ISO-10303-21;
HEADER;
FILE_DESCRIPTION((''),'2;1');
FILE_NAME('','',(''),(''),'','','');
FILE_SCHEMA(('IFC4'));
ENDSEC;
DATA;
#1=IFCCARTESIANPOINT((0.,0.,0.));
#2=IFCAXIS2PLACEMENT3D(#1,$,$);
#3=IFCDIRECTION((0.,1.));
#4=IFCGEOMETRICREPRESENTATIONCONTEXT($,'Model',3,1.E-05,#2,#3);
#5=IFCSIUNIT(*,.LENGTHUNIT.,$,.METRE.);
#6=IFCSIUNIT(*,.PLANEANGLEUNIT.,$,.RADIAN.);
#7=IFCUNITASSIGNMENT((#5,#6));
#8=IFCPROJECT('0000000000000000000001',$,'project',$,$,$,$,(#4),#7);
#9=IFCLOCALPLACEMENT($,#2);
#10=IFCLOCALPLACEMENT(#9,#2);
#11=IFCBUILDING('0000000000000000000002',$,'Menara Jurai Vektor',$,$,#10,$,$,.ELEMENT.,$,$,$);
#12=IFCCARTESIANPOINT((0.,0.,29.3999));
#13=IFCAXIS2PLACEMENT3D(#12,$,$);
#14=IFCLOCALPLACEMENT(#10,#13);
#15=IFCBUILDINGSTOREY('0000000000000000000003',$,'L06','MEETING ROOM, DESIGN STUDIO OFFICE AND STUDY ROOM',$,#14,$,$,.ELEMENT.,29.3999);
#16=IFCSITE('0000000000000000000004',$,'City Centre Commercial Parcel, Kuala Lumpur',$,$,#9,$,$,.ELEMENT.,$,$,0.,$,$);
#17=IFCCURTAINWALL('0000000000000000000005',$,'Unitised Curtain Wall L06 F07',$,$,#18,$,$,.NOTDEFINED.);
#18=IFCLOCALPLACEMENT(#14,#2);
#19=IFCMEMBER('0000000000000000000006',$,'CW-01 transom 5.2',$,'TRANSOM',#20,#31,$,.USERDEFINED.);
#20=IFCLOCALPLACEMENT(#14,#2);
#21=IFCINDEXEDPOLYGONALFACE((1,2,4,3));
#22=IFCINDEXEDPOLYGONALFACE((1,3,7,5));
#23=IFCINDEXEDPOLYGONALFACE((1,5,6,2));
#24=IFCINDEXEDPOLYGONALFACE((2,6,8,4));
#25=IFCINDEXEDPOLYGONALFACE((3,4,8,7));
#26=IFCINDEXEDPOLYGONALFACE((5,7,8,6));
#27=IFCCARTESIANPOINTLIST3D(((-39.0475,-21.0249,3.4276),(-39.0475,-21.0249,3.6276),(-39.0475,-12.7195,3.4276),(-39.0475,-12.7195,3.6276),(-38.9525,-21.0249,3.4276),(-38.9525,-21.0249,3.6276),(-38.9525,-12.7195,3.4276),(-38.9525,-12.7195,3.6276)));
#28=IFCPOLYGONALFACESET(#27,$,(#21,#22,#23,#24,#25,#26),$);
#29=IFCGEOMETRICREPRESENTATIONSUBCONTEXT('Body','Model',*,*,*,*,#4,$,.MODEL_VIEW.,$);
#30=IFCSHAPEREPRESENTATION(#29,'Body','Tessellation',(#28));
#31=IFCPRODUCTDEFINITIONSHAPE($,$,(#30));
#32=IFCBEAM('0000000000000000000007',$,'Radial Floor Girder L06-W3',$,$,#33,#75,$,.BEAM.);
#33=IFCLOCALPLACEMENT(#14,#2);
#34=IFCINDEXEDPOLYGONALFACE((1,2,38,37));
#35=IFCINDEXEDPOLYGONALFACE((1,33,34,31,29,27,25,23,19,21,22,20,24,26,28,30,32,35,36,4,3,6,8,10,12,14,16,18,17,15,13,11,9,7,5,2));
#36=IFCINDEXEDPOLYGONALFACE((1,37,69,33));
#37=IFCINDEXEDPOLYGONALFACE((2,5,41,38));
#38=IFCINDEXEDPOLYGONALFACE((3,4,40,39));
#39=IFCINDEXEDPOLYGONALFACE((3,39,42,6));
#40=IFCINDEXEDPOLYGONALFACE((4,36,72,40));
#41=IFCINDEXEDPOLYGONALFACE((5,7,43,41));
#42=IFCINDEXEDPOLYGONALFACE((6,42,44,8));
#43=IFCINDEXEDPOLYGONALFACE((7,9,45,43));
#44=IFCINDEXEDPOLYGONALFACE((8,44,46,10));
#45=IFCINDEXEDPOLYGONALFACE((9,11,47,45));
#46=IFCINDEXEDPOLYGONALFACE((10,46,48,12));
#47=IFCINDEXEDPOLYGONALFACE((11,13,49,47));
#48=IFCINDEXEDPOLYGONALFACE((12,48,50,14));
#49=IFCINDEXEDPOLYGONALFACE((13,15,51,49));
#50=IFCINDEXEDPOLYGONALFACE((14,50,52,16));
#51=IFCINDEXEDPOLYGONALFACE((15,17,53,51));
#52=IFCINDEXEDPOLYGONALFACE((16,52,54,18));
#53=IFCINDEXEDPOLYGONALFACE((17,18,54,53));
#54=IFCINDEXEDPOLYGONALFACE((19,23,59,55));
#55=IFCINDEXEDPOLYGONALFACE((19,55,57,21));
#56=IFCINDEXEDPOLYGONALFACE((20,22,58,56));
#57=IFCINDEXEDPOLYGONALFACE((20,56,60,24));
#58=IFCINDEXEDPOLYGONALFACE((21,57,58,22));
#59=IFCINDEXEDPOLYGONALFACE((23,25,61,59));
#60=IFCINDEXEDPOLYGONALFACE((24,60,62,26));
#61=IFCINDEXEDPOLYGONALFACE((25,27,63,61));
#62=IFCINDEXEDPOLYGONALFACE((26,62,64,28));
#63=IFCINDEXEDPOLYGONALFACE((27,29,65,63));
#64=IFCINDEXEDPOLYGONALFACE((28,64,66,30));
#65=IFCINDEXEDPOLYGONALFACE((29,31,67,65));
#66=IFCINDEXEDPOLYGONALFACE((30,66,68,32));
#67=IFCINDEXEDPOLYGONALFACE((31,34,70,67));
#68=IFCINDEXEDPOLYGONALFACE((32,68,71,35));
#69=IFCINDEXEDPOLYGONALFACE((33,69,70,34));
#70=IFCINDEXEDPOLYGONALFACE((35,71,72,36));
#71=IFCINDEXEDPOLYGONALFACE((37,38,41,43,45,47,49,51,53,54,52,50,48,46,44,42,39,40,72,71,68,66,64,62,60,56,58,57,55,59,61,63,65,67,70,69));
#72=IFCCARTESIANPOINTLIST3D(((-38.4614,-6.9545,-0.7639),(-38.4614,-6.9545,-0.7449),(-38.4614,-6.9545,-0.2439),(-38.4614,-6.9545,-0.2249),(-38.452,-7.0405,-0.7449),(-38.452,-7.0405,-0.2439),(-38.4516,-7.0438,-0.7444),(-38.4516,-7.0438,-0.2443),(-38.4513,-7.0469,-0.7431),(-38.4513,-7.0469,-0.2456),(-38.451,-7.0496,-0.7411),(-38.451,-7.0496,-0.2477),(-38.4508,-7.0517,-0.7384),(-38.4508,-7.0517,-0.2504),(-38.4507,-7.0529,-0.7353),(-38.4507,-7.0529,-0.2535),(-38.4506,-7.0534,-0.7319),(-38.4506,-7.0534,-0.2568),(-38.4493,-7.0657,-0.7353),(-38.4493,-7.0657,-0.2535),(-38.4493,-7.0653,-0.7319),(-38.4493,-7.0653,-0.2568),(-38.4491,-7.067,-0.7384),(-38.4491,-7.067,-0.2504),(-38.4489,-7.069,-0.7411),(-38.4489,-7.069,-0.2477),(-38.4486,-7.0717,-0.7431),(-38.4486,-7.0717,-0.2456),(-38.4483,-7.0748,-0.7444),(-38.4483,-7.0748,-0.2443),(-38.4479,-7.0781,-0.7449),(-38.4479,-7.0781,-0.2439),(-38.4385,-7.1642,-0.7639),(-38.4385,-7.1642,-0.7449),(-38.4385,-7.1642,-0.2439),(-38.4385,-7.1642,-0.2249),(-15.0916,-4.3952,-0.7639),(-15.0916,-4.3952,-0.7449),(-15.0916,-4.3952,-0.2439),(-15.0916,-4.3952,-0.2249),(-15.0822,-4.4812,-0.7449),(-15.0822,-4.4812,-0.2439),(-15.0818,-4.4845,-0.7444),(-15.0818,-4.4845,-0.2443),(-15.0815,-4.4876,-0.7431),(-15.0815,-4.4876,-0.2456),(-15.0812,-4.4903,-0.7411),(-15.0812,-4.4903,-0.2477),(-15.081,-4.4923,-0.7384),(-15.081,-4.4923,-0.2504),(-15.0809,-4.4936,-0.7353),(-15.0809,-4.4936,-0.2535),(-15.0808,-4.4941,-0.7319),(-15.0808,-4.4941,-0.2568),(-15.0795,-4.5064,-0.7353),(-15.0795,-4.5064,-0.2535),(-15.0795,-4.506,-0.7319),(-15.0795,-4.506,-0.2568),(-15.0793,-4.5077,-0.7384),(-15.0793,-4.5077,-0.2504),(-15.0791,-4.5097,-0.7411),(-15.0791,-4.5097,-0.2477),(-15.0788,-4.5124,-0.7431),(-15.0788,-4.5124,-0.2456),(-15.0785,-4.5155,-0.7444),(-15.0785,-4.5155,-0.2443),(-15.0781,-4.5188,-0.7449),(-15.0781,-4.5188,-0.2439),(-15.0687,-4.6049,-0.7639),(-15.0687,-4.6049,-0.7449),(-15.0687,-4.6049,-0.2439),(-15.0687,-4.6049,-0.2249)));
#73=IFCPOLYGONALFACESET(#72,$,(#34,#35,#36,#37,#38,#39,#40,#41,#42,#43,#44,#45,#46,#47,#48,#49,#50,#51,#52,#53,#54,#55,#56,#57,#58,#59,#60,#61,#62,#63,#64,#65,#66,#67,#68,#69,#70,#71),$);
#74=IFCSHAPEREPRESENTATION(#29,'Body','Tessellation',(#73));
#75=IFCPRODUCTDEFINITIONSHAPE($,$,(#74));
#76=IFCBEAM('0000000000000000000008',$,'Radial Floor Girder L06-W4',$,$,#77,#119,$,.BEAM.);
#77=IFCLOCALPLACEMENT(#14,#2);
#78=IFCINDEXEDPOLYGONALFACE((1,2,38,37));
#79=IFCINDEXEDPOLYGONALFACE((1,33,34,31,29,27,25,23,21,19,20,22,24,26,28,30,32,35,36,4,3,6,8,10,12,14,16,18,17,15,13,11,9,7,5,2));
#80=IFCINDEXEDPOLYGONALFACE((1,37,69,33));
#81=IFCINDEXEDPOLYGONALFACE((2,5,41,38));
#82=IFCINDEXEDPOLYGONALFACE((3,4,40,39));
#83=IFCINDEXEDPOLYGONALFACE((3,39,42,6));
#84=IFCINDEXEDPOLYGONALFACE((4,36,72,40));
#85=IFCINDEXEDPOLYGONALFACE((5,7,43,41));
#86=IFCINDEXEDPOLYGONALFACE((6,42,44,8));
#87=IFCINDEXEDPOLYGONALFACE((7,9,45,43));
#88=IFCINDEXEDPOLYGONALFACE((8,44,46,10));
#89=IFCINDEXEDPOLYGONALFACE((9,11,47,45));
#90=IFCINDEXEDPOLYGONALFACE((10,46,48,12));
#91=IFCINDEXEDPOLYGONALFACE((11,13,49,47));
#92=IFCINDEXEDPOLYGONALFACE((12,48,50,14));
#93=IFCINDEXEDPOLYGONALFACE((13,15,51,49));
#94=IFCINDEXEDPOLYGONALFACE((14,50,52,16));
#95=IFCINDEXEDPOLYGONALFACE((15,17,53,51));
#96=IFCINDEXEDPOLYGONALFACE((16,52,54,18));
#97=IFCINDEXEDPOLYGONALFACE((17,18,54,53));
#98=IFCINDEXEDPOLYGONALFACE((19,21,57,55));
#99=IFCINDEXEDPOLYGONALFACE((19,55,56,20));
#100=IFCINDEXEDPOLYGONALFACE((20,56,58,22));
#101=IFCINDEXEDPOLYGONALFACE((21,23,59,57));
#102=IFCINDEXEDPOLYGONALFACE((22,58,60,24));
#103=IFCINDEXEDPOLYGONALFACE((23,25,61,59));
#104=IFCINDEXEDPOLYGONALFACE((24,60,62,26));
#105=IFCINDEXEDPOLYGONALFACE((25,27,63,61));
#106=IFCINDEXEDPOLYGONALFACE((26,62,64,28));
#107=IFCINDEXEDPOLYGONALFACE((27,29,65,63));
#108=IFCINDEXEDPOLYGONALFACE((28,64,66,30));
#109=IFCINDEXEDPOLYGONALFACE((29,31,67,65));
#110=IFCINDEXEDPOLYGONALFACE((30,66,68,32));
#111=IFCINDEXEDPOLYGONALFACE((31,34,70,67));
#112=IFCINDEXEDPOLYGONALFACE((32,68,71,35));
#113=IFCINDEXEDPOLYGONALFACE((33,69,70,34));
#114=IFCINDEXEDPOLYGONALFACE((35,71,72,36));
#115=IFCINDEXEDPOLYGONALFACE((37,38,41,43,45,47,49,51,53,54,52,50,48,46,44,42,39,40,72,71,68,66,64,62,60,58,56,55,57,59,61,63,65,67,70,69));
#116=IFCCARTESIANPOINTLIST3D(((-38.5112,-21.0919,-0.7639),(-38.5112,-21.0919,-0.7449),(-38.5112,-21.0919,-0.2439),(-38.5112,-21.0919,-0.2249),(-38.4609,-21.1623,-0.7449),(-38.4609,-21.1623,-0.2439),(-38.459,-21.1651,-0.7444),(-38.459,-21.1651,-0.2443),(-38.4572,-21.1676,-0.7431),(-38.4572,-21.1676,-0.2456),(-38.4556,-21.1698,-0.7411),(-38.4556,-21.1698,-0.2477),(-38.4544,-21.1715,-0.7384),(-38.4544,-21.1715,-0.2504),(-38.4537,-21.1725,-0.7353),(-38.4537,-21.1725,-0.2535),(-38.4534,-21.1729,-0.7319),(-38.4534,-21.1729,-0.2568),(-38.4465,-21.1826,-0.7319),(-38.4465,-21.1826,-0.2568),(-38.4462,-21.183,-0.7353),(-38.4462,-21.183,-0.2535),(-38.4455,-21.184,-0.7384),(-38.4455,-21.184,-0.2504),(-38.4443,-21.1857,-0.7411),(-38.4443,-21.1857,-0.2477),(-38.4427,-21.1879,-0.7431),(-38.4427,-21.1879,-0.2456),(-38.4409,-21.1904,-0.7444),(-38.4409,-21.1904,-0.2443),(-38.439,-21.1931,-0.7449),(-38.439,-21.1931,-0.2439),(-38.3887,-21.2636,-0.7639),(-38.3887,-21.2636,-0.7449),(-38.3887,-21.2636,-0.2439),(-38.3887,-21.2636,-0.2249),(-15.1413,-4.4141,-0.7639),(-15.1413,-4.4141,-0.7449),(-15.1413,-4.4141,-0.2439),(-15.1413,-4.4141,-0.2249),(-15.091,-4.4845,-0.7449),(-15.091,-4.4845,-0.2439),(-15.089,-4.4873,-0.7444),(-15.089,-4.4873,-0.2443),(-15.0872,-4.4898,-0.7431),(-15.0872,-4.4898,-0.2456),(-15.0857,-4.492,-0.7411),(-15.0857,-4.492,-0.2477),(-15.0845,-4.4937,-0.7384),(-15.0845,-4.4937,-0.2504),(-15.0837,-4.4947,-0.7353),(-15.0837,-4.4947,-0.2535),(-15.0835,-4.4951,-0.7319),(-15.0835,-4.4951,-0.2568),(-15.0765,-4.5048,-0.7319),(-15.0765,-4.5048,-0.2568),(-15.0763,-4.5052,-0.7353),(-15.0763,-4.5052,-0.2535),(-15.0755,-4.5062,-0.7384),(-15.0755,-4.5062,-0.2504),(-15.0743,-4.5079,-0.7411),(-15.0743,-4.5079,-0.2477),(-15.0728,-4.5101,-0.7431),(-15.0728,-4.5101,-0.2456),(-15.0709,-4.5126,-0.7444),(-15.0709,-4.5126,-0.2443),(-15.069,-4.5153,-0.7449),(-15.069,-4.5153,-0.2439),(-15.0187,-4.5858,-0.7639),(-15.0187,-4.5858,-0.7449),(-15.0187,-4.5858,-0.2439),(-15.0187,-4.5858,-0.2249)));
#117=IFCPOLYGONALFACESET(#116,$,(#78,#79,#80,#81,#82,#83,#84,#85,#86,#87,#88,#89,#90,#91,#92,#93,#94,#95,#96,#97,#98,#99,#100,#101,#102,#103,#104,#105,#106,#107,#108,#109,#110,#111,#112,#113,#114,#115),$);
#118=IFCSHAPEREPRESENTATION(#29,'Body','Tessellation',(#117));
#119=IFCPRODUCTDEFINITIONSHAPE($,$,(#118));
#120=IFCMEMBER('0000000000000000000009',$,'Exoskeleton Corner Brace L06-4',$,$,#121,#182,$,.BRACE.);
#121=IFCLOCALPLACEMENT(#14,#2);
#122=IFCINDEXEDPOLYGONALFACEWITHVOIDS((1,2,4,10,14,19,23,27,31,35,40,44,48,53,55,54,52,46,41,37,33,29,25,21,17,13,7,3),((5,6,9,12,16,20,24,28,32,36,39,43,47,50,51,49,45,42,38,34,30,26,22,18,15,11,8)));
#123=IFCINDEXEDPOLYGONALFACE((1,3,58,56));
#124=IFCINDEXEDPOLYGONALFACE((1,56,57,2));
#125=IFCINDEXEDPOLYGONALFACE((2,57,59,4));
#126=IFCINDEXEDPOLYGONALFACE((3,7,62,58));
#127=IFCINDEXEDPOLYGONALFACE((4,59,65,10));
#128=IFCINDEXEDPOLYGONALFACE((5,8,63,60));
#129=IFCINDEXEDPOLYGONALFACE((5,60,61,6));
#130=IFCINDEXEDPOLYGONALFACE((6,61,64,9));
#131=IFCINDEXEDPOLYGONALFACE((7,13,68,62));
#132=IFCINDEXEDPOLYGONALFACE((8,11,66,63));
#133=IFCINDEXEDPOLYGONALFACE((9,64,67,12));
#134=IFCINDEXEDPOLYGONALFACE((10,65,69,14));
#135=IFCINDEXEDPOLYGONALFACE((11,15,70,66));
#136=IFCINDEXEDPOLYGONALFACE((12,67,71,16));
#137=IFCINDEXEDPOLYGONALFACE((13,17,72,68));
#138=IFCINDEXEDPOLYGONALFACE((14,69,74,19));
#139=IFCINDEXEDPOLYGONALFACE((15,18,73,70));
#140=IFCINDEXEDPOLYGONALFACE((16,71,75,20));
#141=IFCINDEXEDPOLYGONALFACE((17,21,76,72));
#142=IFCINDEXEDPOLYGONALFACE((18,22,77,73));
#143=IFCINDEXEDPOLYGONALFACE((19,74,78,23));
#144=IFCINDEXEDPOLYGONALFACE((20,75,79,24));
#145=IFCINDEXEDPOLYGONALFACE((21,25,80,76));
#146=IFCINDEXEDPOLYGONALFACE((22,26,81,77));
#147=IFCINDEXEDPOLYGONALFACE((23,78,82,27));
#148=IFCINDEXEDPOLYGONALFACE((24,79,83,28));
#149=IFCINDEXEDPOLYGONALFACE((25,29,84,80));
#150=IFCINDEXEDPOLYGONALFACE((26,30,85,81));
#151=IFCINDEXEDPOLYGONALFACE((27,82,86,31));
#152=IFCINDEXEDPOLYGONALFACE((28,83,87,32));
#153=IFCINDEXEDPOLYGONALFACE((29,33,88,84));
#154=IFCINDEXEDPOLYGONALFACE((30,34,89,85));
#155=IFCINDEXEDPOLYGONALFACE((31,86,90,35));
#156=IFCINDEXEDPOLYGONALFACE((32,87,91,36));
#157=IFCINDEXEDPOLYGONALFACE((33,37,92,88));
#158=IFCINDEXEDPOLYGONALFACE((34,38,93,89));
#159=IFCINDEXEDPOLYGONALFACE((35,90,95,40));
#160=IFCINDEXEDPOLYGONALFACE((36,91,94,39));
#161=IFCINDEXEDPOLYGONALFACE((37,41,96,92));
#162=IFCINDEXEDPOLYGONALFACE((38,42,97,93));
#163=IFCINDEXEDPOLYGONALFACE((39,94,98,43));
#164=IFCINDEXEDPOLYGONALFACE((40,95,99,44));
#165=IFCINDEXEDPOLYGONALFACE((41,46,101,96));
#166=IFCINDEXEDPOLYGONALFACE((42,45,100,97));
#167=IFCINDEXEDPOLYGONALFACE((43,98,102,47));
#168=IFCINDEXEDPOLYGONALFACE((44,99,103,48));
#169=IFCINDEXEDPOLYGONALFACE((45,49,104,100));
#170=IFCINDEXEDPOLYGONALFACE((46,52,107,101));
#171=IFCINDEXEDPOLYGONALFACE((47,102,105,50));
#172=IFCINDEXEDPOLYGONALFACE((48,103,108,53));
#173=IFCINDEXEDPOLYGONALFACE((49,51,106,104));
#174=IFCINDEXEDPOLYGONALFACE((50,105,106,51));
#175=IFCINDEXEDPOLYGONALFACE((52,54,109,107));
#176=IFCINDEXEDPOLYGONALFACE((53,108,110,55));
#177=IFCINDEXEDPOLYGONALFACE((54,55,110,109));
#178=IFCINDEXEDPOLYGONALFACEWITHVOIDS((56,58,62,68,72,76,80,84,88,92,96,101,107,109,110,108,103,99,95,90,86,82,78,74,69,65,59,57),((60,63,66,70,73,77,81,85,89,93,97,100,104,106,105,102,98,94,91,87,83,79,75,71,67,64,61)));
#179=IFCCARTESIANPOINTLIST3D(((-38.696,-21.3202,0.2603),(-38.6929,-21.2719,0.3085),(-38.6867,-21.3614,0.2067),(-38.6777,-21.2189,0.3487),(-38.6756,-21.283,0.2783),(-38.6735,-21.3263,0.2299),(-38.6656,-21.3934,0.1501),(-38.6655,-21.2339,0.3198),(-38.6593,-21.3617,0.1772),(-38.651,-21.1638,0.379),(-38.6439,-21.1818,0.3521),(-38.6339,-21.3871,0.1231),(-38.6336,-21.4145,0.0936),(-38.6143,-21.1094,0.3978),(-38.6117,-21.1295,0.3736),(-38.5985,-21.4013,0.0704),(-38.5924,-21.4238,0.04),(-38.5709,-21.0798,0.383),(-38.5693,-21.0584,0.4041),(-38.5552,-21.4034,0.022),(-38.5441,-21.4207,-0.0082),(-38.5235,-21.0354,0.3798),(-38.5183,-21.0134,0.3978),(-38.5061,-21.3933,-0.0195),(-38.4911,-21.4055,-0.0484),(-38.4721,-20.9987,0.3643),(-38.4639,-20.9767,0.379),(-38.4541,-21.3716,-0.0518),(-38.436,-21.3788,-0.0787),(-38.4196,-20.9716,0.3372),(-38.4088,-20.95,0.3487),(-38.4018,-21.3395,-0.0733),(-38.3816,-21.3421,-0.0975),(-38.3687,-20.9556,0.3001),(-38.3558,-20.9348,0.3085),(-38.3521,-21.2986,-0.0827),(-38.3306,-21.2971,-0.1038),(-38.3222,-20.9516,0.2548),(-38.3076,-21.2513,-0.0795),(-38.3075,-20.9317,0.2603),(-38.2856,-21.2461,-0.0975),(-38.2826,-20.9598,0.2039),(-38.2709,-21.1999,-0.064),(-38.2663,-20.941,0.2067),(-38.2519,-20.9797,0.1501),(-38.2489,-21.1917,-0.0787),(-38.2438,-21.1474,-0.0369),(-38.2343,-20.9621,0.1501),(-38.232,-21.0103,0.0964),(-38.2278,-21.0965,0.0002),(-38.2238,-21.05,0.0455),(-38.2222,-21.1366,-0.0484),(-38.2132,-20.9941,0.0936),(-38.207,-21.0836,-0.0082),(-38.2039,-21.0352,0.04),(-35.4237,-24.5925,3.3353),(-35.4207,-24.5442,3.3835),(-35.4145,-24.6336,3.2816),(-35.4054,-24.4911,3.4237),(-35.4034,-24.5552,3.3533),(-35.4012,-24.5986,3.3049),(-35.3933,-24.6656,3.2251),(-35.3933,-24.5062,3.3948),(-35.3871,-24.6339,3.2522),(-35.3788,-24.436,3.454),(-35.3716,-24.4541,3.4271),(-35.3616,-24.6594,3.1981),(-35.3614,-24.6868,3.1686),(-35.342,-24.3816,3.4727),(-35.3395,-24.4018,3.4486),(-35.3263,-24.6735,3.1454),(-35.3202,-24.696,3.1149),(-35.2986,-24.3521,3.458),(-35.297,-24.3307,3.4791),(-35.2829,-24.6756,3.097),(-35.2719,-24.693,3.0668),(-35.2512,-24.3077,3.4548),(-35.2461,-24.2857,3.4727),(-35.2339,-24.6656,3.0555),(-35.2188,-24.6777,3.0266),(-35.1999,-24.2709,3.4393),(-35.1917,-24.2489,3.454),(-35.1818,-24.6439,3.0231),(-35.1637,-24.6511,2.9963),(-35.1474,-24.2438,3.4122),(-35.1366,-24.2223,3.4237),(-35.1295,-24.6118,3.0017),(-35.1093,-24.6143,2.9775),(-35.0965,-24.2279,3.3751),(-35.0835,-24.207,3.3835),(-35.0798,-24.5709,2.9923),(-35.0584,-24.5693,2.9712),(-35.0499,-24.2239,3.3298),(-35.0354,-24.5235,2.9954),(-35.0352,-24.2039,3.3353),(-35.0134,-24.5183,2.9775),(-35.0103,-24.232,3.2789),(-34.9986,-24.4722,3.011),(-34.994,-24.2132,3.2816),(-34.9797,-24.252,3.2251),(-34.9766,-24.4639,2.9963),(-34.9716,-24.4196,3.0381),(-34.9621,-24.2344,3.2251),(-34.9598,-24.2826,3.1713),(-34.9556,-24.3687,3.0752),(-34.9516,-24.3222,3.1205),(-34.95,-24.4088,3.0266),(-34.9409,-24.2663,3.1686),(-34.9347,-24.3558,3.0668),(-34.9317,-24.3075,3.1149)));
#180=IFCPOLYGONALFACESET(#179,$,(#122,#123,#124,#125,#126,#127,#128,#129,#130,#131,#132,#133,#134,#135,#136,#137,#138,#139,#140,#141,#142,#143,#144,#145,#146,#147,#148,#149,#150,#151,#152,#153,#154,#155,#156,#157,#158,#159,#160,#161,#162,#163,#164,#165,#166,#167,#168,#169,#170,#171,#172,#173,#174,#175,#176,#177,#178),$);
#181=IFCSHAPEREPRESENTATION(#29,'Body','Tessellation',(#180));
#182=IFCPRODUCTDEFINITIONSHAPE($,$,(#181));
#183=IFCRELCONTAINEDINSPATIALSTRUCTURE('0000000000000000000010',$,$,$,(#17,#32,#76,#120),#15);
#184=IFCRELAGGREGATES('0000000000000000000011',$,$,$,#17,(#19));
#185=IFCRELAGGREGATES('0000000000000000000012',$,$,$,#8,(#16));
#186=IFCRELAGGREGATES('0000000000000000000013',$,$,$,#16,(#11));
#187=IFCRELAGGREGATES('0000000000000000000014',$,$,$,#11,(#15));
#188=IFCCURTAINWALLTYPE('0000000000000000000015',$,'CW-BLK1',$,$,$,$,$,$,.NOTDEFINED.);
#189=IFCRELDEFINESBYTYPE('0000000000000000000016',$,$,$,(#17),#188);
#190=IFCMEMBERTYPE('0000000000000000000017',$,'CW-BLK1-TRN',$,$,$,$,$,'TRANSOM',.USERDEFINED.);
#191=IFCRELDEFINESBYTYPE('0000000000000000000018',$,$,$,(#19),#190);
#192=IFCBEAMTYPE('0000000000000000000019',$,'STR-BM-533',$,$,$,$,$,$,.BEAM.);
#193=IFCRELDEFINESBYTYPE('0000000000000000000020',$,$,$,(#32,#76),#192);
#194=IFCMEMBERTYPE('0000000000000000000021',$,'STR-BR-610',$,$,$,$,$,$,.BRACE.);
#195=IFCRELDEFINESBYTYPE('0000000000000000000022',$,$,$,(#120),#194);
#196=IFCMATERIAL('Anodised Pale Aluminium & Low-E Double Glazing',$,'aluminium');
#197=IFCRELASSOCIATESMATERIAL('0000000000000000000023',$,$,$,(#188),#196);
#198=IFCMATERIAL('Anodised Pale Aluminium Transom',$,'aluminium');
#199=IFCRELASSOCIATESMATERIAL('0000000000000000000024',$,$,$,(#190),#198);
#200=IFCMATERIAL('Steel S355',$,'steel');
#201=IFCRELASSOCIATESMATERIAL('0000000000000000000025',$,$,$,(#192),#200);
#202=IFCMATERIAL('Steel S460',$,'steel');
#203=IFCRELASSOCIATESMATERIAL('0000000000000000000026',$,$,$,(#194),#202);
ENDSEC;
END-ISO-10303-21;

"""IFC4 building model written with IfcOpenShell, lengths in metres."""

from ifc_helpers import new_model, si_unit, direction, frame, origin, origin_2d, place, context, subcontext, project, spatial, rectangle, hollow_circle, i_section, extrude, material, material_profile, profile_set, type_object, element, aggregate, save


model = new_model("IFC4")

# Units and contexts
model_context = context("Model", 3, precision=1e-05, world=origin(), true_north=direction((0.0, 1.0)))
body_context = subcontext(model_context, "Body", "Model", "MODEL_VIEW")
ifc_project = project(units=[si_unit("LENGTHUNIT", "METRE"), si_unit("PLANEANGLEUNIT", "RADIAN")], contexts=[model_context])

# Site, building, storey
site_placement = place(None, origin())
site = spatial("IfcSite", under=ifc_project, at=site_placement, Name="City Centre Commercial Parcel, Kuala Lumpur", CompositionType="ELEMENT", RefElevation=0.0)
building_placement = place(site_placement, origin())
building = spatial("IfcBuilding", under=site, at=building_placement, Name="Menara Jurai Vektor", CompositionType="ELEMENT")
storey_placement = place(building_placement, frame((0.0, 0.0, 29.3999)))
storey = spatial("IfcBuildingStorey", under=building, at=storey_placement, Name="L06", Description="MEETING ROOM, DESIGN STUDIO OFFICE AND STUDY ROOM", CompositionType="ELEMENT", Elevation=29.3999)

# Shared definitions
ifc_material_1 = material(Name="Steel S460", Category="steel")

# Curtain wall
ifc_material_2 = material(Name="Anodised Pale Aluminium & Low-E Double Glazing", Category="aluminium")
curtain_wall_type = type_object("IfcCurtainWallType", Name="CW-BLK1", PredefinedType="NOTDEFINED", material=ifc_material_2)
curtain_wall_1_placement = place(storey_placement, origin())
curtain_wall_1 = element("IfcCurtainWall", 1, at=curtain_wall_1_placement, inside=storey, type_object=curtain_wall_type, Name="Unitised Curtain Wall L06 F07", PredefinedType="NOTDEFINED")

# Member
ifc_material_3 = material(Name="Anodised Pale Aluminium Transom", Category="aluminium")
ifc_material_profile_1 = material_profile(ifc_material_3, rectangle(XDim=0.095, YDim=0.2, at=origin_2d()), Name="ALU TRN 95x200")
ifc_profile_set_1 = profile_set([ifc_material_profile_1], Name="Anodised Pale Aluminium Transom")
member_type_1 = type_object("IfcMemberType", Name="CW-BLK1-TRN", ElementType="TRANSOM", PredefinedType="USERDEFINED", material=ifc_profile_set_1)
member_1_placement = place(storey_placement, frame((-39.0, -12.7195, 3.5276), z_axis=(0.0, -1.0, 0.0), x_axis=(1.0, 0.0, 0.0)))
member_1 = element("IfcMember", 2, at=member_1_placement, type_object=member_type_1, Name="CW-01 transom 5.2", ObjectType="TRANSOM", PredefinedType="USERDEFINED", context=body_context, shape_type="SweptSolid", body=[
    extrude(rectangle(XDim=0.095, YDim=0.2, at=origin_2d()), origin(), (0.0, 0.0, 1.0), 8.3054),
])

# Beams
ifc_material_4 = material(Name="Steel S355", Category="steel")
ifc_material_profile_2 = material_profile(ifc_material_4, i_section(OverallWidth=0.2109, OverallDepth=0.5391, WebThickness=0.012, FlangeThickness=0.019, FilletRadius=0.0129, at=origin_2d()), Name="UKB 533x210x109")
ifc_profile_set_2 = profile_set([ifc_material_profile_2], Name="Steel S355")
beam_type_1 = type_object("IfcBeamType", Name="STR-BM-533", PredefinedType="BEAM", material=ifc_profile_set_2)
beam_1_placement = place(storey_placement, frame((-38.45, -7.0593, -0.4944), z_axis=(0.994057, 0.108863, 0.0), x_axis=(-0.108863, 0.994057, 0.0)))
element("IfcBeam", 3, at=beam_1_placement, inside=storey, type_object=beam_type_1, Name="Radial Floor Girder L06-W3", PredefinedType="BEAM", context=body_context, shape_type="SweptSolid", body=[
    extrude(i_section(OverallWidth=0.2109, OverallDepth=0.5391, WebThickness=0.012, FlangeThickness=0.019, FilletRadius=0.0129, at=origin_2d()), origin(), (0.0, 0.0, 1.0), 23.5095),
])
beam_2_placement = place(storey_placement, frame((-38.45, -21.1777, -0.4944), z_axis=(0.813981, 0.580891, 0.0), x_axis=(-0.580891, 0.813981, 0.0)))
element("IfcBeam", 4, at=beam_2_placement, inside=storey, type_object=beam_type_1, Name="Radial Floor Girder L06-W4", PredefinedType="BEAM", context=body_context, shape_type="SweptSolid", body=[
    extrude(i_section(OverallWidth=0.2109, OverallDepth=0.5391, WebThickness=0.012, FlangeThickness=0.019, FilletRadius=0.0129, at=origin_2d()), origin(), (0.0, 0.0, 1.0), 28.7107),
])

# Member
ifc_material_profile_3 = material_profile(ifc_material_1, hollow_circle(Radius=0.3049, WallThickness=0.0249, at=origin_2d()), Name="CHS 610x25")
ifc_profile_set_3 = profile_set([ifc_material_profile_3], Name="Steel S460")
member_type_2 = type_object("IfcMemberType", Name="STR-BR-610", PredefinedType="BRACE", material=ifc_profile_set_3)
member_2_placement = place(storey_placement, frame((-38.45, -21.1777, 0.1501), z_axis=(0.588942, -0.588942, 0.553438), x_axis=(0.707107, 0.707107, 0.0)))
element("IfcMember", 5, at=member_2_placement, inside=storey, type_object=member_type_2, Name="Exoskeleton Corner Brace L06-4", PredefinedType="BRACE", context=body_context, shape_type="SweptSolid", body=[
    extrude(hollow_circle(Radius=0.3049, WallThickness=0.0249, at=origin_2d()), origin(), (0.0, 0.0, 1.0), 5.5562),
])

aggregate(curtain_wall_1, [member_1])

save(model, "model.ifc")
